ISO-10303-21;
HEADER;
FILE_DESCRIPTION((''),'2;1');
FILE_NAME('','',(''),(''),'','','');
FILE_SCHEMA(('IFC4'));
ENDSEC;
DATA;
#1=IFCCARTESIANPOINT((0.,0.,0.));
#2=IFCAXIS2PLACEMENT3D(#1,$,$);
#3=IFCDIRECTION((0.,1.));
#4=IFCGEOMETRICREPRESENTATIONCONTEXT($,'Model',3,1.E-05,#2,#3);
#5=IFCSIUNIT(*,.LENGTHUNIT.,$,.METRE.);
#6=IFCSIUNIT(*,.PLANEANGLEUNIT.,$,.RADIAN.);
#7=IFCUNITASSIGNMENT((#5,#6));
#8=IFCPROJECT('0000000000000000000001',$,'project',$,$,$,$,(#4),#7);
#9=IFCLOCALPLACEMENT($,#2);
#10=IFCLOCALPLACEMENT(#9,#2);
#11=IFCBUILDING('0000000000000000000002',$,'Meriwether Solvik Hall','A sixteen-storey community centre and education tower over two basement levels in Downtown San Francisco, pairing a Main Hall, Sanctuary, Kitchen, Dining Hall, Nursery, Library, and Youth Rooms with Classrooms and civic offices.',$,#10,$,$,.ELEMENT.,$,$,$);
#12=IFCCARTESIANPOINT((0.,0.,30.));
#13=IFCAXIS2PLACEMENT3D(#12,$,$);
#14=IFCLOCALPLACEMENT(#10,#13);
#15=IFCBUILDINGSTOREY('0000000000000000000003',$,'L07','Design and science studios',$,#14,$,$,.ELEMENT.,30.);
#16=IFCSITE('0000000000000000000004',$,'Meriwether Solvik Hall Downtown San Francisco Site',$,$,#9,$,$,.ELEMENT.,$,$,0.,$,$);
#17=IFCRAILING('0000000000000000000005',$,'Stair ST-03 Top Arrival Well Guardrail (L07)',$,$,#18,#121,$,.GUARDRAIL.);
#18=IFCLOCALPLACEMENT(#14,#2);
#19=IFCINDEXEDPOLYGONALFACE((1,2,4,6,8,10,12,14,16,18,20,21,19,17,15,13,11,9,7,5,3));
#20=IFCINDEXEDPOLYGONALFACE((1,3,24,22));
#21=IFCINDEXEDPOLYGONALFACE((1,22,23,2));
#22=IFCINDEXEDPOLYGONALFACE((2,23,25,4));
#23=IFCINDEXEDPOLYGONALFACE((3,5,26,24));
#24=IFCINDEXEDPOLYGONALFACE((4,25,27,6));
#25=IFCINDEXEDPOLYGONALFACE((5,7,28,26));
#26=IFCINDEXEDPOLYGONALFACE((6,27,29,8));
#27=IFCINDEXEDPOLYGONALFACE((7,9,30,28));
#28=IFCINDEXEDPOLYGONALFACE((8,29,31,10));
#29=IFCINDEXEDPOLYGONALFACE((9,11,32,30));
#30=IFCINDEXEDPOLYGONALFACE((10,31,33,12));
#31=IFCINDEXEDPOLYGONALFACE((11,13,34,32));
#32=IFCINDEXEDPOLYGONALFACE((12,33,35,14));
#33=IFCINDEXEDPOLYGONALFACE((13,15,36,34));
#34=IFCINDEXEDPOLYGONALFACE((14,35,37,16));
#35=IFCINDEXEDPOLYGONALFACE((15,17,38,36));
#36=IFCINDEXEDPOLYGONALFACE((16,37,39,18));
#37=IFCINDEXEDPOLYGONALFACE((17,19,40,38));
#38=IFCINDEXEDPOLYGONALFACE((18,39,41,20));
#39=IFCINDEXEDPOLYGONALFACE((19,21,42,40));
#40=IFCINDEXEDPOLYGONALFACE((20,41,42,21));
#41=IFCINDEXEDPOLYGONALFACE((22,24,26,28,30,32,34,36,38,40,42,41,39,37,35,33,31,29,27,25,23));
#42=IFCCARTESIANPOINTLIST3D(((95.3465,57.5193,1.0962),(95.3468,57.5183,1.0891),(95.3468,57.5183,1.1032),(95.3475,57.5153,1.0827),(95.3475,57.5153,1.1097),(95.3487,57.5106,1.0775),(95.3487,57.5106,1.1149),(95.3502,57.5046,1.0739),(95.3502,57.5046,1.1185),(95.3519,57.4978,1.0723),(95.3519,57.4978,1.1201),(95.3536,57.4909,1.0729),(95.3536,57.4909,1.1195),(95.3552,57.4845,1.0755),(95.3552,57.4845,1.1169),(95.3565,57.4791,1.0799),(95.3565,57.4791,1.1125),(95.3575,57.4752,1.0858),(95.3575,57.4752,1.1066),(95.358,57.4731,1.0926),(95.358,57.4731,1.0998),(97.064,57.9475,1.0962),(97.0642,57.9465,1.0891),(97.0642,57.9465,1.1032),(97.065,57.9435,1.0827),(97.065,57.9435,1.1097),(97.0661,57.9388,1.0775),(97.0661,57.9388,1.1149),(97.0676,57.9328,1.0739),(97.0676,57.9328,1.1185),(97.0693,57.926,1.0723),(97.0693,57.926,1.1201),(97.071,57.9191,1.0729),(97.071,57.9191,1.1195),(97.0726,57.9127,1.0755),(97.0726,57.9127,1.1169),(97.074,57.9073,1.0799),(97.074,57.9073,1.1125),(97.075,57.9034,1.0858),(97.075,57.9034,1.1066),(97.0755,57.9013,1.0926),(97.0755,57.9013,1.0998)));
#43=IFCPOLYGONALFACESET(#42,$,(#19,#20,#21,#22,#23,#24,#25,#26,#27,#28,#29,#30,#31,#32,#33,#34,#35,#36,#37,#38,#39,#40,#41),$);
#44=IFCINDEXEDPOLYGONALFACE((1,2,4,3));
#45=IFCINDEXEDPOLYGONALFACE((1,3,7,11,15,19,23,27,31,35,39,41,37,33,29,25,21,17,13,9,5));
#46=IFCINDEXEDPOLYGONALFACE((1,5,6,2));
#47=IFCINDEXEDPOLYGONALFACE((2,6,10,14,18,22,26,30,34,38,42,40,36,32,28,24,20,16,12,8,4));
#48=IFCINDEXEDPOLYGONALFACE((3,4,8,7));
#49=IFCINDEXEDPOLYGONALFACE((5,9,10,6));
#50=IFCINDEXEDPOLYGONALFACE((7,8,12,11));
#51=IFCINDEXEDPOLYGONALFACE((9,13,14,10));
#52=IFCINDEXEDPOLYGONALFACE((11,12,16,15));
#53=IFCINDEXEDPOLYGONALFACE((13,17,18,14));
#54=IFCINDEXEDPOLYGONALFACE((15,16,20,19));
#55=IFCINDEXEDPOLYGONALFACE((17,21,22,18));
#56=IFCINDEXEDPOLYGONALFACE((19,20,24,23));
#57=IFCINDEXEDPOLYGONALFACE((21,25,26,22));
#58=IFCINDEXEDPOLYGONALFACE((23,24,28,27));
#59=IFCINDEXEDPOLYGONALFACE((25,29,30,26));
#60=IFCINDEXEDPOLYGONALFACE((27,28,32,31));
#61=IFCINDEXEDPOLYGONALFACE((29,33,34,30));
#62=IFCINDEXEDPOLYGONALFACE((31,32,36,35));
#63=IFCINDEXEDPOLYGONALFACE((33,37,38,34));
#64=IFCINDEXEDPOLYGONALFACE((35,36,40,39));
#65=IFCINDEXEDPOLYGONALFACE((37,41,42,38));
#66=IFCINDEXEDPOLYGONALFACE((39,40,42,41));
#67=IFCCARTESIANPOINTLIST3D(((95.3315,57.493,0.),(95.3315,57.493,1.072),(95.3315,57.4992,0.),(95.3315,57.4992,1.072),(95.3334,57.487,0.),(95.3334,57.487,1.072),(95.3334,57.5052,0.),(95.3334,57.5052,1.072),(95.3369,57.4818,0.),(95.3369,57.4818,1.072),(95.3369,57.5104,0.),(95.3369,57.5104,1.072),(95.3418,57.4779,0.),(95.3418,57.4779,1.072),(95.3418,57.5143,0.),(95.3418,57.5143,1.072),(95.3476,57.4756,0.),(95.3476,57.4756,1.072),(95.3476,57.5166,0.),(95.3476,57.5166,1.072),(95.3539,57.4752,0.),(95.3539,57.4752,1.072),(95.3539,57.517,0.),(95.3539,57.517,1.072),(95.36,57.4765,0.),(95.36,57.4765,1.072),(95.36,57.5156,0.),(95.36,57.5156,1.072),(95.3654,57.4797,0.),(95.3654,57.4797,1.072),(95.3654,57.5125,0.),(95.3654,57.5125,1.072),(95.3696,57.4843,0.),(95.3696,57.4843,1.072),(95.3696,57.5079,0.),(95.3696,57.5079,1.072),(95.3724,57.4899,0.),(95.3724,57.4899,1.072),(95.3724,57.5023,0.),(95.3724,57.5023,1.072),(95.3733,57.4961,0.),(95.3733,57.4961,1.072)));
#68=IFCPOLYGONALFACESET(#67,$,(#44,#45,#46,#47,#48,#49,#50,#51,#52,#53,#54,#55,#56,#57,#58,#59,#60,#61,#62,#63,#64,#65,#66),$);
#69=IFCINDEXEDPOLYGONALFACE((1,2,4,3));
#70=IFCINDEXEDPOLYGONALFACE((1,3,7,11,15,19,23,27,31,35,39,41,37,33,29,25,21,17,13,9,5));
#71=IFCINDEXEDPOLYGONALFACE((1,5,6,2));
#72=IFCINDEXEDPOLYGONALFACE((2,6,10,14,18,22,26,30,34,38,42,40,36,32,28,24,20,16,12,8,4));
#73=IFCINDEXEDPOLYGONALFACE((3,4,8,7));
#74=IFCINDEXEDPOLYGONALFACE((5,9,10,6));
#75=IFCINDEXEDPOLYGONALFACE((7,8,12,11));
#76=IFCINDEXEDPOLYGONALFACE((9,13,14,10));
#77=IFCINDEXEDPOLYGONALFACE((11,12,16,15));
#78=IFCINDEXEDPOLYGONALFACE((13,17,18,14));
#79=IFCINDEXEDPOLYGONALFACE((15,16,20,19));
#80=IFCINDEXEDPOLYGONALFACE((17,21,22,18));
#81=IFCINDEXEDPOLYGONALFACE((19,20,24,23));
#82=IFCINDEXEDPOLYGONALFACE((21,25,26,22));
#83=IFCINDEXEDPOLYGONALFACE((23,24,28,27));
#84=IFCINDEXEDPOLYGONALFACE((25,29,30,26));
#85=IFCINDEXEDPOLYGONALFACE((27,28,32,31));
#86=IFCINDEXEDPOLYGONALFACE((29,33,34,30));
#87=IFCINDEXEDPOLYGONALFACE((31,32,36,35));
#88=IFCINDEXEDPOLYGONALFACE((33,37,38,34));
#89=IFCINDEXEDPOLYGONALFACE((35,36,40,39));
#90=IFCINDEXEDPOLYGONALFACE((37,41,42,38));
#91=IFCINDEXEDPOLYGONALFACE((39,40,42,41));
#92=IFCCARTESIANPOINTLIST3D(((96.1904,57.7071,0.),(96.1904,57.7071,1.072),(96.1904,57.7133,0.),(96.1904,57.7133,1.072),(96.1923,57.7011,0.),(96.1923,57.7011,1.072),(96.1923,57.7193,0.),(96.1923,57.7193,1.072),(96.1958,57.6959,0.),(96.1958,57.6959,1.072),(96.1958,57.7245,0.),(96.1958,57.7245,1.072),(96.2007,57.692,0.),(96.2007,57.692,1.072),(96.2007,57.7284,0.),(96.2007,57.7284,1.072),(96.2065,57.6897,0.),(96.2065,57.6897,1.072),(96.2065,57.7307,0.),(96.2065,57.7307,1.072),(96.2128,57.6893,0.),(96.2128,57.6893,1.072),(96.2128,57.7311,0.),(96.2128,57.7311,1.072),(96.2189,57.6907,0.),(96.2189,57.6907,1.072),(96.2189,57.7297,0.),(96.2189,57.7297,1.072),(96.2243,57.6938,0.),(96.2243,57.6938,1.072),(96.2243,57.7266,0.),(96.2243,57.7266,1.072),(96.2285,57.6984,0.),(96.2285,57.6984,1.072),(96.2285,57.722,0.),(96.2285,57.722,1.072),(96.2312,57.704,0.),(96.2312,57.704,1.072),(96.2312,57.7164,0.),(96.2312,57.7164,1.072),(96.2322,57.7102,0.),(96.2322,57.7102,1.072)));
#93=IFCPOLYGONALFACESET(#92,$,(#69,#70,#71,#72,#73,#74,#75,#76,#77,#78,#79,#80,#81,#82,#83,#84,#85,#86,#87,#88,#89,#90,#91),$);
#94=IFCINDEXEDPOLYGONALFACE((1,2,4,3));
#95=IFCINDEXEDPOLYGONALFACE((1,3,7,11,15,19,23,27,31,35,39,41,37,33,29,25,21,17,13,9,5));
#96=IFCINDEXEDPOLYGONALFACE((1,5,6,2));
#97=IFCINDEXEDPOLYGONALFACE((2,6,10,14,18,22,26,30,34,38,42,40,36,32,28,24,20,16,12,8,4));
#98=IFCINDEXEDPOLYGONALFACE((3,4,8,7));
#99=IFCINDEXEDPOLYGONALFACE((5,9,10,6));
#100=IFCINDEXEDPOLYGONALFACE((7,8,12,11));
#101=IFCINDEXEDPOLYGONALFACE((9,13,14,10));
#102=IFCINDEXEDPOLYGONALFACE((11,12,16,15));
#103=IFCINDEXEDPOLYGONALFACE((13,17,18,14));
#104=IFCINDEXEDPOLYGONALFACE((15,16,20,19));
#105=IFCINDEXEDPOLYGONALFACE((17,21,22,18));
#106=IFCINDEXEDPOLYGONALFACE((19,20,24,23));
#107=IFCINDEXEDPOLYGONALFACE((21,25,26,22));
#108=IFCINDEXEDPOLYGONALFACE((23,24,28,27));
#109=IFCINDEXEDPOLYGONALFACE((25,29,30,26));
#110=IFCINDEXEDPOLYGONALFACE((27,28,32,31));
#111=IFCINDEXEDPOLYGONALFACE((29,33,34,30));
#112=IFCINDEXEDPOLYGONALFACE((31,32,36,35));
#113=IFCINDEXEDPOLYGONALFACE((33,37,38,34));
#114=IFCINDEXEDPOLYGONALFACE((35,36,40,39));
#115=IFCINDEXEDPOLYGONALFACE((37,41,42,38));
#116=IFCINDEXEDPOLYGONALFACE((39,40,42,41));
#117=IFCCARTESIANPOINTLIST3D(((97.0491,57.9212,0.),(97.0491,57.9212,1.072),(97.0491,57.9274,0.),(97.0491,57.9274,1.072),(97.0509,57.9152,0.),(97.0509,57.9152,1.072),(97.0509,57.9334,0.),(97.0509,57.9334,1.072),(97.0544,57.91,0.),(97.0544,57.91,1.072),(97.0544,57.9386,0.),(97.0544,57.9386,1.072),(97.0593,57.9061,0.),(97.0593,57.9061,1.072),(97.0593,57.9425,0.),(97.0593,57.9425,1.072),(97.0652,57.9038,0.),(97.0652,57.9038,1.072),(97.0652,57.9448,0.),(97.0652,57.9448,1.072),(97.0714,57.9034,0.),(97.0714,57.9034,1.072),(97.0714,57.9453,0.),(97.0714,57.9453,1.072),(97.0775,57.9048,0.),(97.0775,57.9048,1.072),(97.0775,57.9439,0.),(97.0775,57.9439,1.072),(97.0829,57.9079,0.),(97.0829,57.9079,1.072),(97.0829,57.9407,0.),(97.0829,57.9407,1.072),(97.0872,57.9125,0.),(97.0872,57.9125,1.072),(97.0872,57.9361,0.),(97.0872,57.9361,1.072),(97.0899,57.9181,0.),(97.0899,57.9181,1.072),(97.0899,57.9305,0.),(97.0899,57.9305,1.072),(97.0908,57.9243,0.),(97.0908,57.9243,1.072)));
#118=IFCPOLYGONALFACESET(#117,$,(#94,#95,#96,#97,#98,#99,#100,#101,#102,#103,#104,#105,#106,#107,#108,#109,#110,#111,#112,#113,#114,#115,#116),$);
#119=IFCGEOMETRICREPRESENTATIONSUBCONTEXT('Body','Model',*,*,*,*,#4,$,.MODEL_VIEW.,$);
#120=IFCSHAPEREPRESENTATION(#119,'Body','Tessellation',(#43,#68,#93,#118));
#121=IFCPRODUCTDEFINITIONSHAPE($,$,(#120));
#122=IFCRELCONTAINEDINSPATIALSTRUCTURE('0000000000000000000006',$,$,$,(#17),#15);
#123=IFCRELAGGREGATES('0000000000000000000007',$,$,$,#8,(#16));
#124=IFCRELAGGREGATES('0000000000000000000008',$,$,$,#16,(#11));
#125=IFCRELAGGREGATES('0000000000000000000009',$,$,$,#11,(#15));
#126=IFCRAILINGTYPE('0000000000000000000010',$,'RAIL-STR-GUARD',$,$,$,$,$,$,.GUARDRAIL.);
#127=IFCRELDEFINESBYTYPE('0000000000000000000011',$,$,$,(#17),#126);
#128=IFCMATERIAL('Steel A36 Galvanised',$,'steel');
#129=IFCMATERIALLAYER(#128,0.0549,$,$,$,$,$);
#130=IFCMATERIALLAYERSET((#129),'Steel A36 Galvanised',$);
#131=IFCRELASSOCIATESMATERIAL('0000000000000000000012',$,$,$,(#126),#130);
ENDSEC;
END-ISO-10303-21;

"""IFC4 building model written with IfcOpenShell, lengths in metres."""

from ifc_helpers import new_model, si_unit, direction, frame, origin, origin_2d, place, context, subcontext, project, spatial, circle, extrude, material, layer, layer_set, type_object, element, save


model = new_model("IFC4")

# Units and contexts
model_context = context("Model", 3, precision=1e-05, world=origin(), true_north=direction((0.0, 1.0)))
body_context = subcontext(model_context, "Body", "Model", "MODEL_VIEW")
ifc_project = project(units=[si_unit("LENGTHUNIT", "METRE"), si_unit("PLANEANGLEUNIT", "RADIAN")], contexts=[model_context])

# Site, building, storey
site_placement = place(None, origin())
site = spatial("IfcSite", under=ifc_project, at=site_placement, Name="Meriwether Solvik Hall Downtown San Francisco Site", CompositionType="ELEMENT", RefElevation=0.0)
building_placement = place(site_placement, origin())
building = spatial("IfcBuilding", under=site, at=building_placement, Name="Meriwether Solvik Hall", Description="A sixteen-storey community centre and education tower over two basement levels in Downtown San Francisco, pairing a Main Hall, Sanctuary, Kitchen, Dining Hall, Nursery, Library, and Youth Rooms with Classrooms and civic offices.", CompositionType="ELEMENT")
storey_placement = place(building_placement, frame((0.0, 0.0, 30.0)))
storey = spatial("IfcBuildingStorey", under=building, at=storey_placement, Name="L07", Description="Design and science studios", CompositionType="ELEMENT", Elevation=30.0)

# Railing
ifc_material_1 = material(Name="Steel A36 Galvanised", Category="steel")
ifc_layer_1 = layer(ifc_material_1, 0.0549)
ifc_layer_set_1 = layer_set([ifc_layer_1], Name="Steel A36 Galvanised")
railing_type_1 = type_object("IfcRailingType", Name="RAIL-STR-GUARD", PredefinedType="GUARDRAIL", material=ifc_layer_set_1)
railing_1_placement = place(storey_placement, frame((95.3523, 57.4961, 0.0)))
element("IfcRailing", 1, at=railing_1_placement, inside=storey, type_object=railing_type_1, Name="Stair ST-03 Top Arrival Well Guardrail (L07)", PredefinedType="GUARDRAIL", context=body_context, shape_type="SweptSolid", body=[
    extrude(circle(Radius=0.0239, at=origin_2d()), frame((0.0, 0.0, 1.0962), z_axis=(0.970296, 0.241919, 0.0), x_axis=(-0.241919, 0.970296, 0.0)), (0.0, 0.0, 1.0), 1.77),
    extrude(circle(Radius=0.021, at=origin_2d()), origin(), (0.0, 0.0, 1.0), 1.072),
    extrude(circle(Radius=0.021, at=origin_2d()), frame((0.8589, 0.2141, 0.0)), (0.0, 0.0, 1.0), 1.072),
    extrude(circle(Radius=0.021, at=origin_2d()), frame((1.7175, 0.4282, 0.0)), (0.0, 0.0, 1.0), 1.072),
])

save(model, "model.ifc")
